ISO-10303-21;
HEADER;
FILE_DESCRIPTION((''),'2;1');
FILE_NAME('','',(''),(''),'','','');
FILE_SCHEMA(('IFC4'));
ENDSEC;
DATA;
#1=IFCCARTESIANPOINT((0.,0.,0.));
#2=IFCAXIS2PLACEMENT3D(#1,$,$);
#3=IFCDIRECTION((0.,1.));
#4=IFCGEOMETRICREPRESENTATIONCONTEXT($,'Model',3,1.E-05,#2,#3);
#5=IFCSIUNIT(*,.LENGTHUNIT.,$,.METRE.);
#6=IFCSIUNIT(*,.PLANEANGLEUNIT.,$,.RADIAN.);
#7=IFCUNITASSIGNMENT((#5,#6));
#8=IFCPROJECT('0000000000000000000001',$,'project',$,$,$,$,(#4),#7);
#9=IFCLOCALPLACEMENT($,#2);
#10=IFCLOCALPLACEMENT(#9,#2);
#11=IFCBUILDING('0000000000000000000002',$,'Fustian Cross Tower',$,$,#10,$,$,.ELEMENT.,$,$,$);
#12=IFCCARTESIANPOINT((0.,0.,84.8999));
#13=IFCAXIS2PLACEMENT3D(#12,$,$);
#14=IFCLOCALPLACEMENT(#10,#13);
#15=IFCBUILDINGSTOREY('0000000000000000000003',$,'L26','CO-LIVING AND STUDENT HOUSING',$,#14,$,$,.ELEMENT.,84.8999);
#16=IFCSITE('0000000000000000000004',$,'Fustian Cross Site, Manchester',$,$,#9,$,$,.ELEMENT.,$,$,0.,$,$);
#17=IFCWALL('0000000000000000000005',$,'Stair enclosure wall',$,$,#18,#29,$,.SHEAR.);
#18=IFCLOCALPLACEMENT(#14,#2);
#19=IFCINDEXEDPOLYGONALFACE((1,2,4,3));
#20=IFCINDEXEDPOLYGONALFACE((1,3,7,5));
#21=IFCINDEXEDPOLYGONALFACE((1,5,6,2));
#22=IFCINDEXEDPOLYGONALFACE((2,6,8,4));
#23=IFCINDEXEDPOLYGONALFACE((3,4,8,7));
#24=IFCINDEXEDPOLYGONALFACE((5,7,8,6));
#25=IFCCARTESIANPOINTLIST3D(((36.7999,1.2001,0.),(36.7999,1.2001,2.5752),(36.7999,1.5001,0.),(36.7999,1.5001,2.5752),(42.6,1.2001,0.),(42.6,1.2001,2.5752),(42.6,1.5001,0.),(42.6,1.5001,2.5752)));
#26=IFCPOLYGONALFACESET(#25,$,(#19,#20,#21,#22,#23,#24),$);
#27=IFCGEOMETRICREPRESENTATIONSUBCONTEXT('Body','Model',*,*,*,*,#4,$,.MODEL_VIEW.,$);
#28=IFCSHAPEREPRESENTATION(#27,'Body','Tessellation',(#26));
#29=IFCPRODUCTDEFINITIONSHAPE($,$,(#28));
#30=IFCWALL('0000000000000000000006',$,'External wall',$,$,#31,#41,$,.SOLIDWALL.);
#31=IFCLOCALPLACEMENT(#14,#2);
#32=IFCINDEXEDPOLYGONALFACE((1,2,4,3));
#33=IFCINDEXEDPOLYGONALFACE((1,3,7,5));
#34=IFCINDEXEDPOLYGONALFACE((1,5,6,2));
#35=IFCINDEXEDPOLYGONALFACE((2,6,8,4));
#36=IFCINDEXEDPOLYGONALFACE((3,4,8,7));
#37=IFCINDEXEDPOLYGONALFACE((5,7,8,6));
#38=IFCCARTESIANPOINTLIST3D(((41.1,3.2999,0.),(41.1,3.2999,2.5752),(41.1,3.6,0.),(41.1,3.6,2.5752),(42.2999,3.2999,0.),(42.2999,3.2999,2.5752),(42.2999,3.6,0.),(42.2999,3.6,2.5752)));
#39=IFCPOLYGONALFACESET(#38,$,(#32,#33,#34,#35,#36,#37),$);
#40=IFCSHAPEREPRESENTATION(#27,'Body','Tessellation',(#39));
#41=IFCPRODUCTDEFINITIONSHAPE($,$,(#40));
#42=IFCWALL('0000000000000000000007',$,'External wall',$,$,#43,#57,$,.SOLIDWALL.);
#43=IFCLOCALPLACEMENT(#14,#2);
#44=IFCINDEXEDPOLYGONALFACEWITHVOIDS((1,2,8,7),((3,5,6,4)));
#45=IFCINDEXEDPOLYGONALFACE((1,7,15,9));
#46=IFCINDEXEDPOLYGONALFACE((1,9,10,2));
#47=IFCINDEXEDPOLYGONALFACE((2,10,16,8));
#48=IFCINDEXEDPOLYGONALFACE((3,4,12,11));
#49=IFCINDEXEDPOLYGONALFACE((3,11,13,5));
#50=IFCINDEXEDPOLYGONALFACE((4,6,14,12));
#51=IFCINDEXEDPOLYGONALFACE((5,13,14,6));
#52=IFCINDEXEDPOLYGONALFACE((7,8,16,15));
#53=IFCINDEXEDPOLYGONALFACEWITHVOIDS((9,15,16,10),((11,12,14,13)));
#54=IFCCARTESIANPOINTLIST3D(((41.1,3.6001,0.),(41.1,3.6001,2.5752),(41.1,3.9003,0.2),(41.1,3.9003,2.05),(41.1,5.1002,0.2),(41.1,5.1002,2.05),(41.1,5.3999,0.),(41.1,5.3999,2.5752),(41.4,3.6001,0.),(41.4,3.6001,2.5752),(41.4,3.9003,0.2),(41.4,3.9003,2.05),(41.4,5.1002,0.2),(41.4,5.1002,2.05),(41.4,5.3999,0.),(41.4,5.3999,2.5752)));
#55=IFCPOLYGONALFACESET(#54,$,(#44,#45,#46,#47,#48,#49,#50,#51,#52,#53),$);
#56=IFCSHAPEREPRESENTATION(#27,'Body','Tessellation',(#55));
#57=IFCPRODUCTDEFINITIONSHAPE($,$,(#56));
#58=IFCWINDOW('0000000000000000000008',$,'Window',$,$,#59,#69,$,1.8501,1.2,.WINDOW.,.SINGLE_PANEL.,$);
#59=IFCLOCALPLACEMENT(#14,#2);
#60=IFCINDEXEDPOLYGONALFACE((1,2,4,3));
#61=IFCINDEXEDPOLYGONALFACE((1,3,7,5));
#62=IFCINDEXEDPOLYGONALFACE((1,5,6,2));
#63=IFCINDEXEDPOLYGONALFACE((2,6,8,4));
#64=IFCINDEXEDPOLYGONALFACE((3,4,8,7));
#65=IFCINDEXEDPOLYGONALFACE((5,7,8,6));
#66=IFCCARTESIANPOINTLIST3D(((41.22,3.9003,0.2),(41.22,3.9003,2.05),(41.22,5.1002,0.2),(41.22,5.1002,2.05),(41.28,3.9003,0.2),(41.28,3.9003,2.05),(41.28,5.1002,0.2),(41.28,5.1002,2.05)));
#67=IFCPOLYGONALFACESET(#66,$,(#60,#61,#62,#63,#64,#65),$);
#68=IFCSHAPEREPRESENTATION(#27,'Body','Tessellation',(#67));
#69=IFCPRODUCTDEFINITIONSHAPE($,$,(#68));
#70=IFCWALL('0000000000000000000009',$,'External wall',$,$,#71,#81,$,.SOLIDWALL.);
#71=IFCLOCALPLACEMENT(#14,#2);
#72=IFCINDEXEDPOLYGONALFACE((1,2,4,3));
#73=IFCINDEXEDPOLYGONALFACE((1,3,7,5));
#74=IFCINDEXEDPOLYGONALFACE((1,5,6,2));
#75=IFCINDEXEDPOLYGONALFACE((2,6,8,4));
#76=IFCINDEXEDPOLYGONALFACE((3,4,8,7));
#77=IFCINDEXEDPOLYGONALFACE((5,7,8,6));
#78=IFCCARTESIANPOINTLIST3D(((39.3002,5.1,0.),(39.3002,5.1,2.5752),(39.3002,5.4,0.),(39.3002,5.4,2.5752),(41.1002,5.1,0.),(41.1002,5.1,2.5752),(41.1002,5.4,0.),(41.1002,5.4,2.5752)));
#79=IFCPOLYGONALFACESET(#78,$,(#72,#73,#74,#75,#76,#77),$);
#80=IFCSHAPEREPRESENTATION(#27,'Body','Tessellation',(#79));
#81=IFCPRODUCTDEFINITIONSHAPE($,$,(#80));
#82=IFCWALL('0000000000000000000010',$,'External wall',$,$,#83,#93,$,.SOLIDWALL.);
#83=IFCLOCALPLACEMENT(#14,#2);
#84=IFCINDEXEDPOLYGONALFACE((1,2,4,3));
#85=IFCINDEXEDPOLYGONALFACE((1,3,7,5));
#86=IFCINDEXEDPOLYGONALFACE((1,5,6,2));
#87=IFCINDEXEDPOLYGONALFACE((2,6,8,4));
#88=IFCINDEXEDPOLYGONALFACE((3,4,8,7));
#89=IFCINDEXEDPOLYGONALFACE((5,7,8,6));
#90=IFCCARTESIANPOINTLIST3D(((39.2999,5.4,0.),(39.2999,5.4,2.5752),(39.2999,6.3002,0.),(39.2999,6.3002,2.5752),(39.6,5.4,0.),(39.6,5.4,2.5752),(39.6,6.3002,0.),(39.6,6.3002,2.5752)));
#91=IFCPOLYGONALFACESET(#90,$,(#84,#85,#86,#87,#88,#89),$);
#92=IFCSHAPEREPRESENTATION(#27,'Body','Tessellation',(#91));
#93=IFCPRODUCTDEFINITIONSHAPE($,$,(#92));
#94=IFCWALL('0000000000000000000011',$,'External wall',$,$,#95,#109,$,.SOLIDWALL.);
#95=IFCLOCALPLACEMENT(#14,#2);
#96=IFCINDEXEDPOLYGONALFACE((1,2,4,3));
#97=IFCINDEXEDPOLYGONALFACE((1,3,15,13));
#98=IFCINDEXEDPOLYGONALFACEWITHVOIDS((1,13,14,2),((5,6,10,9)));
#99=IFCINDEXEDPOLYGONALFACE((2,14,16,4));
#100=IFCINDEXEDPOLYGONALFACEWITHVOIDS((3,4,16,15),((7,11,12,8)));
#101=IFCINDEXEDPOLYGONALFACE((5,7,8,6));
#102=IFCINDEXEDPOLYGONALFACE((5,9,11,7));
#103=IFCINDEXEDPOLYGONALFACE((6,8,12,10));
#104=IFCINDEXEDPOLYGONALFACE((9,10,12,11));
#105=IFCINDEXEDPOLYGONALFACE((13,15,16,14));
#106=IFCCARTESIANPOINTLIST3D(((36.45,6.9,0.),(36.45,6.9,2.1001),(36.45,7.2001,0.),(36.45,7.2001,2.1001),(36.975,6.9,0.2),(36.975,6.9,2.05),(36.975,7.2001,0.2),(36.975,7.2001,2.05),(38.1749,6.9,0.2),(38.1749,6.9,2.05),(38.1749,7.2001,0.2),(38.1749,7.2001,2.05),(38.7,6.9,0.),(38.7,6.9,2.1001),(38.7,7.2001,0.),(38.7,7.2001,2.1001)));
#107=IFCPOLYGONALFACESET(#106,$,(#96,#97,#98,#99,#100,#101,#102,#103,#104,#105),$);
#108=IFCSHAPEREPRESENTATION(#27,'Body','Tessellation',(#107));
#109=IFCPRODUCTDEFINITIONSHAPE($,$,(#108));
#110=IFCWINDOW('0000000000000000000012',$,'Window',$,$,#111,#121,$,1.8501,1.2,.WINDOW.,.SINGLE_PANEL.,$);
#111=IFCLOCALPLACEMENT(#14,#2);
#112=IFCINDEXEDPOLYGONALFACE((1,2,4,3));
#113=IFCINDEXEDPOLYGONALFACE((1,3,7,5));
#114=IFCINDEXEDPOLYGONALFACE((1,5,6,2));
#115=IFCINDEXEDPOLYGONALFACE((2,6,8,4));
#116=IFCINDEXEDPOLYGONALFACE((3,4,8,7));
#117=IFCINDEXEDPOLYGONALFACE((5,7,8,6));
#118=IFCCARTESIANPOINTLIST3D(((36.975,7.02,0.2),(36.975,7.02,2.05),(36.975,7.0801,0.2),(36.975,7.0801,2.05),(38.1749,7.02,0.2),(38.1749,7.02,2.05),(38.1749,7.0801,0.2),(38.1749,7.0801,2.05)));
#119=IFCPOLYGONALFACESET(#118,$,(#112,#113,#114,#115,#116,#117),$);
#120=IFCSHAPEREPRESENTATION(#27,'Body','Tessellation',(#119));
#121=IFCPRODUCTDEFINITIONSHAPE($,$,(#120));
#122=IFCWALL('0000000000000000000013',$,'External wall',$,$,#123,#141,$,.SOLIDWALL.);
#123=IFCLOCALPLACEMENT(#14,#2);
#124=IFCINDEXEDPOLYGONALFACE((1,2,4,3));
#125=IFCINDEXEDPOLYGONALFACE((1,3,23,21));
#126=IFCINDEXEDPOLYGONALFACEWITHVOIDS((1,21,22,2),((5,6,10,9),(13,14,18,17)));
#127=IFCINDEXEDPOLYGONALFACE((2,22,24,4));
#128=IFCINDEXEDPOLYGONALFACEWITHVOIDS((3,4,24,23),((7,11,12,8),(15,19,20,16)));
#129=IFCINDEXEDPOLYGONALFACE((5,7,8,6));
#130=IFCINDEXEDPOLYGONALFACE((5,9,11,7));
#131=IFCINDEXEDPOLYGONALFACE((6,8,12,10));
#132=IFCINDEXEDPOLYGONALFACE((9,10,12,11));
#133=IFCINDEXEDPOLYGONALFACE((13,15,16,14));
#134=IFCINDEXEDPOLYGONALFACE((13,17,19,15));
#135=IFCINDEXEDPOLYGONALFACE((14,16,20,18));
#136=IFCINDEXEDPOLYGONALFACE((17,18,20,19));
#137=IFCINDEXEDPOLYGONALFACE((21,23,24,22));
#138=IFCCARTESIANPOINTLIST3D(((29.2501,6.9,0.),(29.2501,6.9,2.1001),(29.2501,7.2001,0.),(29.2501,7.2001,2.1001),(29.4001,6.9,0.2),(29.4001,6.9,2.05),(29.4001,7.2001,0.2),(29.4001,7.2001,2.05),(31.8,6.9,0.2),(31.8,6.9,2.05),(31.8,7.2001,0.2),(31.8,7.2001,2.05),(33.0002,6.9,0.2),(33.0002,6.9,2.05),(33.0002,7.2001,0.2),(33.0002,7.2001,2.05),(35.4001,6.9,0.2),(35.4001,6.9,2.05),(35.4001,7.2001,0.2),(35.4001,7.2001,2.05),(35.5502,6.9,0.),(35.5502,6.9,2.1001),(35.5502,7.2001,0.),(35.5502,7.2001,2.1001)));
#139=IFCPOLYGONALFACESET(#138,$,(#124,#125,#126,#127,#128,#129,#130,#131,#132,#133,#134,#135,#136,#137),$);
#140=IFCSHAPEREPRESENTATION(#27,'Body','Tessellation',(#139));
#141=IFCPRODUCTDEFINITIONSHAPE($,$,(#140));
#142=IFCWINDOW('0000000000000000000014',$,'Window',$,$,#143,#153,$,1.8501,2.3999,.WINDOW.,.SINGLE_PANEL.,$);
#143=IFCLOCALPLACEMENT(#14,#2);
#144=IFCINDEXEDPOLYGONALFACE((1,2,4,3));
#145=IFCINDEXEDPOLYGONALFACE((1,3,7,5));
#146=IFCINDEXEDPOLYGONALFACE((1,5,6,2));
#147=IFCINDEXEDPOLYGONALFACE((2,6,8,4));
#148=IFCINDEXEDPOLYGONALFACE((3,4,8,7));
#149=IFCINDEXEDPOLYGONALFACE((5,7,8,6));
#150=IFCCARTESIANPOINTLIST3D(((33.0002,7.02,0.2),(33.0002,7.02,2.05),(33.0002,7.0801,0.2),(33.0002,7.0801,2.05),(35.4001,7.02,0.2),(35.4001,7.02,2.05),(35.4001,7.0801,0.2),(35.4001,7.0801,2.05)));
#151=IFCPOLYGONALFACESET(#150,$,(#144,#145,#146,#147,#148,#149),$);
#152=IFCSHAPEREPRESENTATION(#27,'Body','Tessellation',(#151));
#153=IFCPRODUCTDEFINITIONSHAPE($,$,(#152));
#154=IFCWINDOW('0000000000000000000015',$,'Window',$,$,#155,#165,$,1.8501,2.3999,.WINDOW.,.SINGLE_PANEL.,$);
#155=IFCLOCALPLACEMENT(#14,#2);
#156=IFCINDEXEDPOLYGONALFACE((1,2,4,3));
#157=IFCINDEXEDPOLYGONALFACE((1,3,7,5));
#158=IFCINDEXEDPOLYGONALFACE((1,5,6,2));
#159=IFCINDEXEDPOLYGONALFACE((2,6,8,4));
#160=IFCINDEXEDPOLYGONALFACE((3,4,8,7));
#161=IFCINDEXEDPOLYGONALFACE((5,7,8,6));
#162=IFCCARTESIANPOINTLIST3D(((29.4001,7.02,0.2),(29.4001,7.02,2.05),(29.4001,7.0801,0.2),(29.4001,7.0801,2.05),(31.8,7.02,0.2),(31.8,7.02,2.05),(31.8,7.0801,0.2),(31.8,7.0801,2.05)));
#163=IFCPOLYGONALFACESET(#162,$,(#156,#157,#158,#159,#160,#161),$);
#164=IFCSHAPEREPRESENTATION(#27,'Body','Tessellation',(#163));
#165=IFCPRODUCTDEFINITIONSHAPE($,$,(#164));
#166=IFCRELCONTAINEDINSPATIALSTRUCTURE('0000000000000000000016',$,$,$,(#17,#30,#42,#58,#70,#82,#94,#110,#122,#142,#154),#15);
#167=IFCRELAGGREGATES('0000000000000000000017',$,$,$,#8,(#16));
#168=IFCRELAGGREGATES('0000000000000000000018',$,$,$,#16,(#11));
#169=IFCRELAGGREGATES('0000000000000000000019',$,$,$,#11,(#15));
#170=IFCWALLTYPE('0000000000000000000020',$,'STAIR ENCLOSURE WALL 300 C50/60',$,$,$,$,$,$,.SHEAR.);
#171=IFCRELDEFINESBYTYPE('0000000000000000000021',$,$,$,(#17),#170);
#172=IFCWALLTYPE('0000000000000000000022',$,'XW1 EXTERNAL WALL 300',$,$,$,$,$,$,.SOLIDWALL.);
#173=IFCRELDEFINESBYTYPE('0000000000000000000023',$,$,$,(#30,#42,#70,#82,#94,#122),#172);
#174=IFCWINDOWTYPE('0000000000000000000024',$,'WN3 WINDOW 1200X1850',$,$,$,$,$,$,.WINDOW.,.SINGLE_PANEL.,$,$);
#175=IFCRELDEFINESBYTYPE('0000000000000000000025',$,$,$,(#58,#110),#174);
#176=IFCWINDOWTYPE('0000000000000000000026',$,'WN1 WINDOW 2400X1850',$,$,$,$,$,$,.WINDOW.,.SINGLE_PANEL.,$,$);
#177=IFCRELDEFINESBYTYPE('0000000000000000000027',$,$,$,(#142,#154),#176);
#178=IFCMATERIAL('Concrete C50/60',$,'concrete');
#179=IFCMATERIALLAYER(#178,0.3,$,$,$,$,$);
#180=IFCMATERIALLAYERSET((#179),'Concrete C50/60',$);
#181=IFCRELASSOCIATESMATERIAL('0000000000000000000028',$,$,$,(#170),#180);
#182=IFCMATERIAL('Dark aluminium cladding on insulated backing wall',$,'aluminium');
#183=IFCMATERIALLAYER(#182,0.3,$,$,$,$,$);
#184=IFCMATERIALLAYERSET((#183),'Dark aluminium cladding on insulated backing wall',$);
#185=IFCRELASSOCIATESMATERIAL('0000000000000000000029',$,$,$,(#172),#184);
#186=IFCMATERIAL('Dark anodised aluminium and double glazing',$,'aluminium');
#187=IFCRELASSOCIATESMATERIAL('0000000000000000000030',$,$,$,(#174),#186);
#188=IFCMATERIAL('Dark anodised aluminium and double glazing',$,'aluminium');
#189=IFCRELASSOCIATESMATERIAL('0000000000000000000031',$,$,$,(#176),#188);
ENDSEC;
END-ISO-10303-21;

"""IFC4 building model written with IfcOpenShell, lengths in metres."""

from ifc_helpers import new_model, si_unit, direction, frame, frame_2d, origin, place, context, subcontext, project, spatial, rectangle, extrude, material, layer, layer_set, type_object, element, fill, save


model = new_model("IFC4")

# Units and contexts
model_context = context("Model", 3, precision=1e-05, world=origin(), true_north=direction((0.0, 1.0)))
body_context = subcontext(model_context, "Body", "Model", "MODEL_VIEW")
ifc_project = project(units=[si_unit("LENGTHUNIT", "METRE"), si_unit("PLANEANGLEUNIT", "RADIAN")], contexts=[model_context])

# Site, building, storey
site_placement = place(None, origin())
site = spatial("IfcSite", under=ifc_project, at=site_placement, Name="Fustian Cross Site, Manchester", CompositionType="ELEMENT", RefElevation=0.0)
building_placement = place(site_placement, origin())
building = spatial("IfcBuilding", under=site, at=building_placement, Name="Fustian Cross Tower", CompositionType="ELEMENT")
storey_placement = place(building_placement, frame((0.0, 0.0, 84.8999)))
storey = spatial("IfcBuildingStorey", under=building, at=storey_placement, Name="L26", Description="CO-LIVING AND STUDENT HOUSING", CompositionType="ELEMENT", Elevation=84.8999)

# Walls
ifc_material_1 = material(Name="Concrete C50/60", Category="concrete")
ifc_layer_1 = layer(ifc_material_1, 0.3)
ifc_layer_set_1 = layer_set([ifc_layer_1], Name="Concrete C50/60")
wall_type_1 = type_object("IfcWallType", Name="STAIR ENCLOSURE WALL 300 C50/60", PredefinedType="SHEAR", material=ifc_layer_set_1)
for number, where, z_axis, x_axis, name in (
    (1, (36.8, 1.3501, 0.0), (0.0, 0.0, 1.0), (1.0, 0.0, 0.0), "Stair enclosure wall"),
):
    element("IfcWall", number, at=place(storey_placement, frame(where, z_axis=z_axis, x_axis=x_axis)), inside=storey, type_object=wall_type_1, Name=name, PredefinedType="SHEAR", context=body_context, shape_type="SweptSolid", body=[
        extrude(rectangle(XDim=5.8, YDim=0.3, at=frame_2d((2.8999, 0.0))), origin(), (0.0, 0.0, 1.0), 2.5752),
    ])
ifc_material_2 = material(Name="Dark aluminium cladding on insulated backing wall", Category="aluminium")
ifc_layer_2 = layer(ifc_material_2, 0.3)
ifc_layer_set_2 = layer_set([ifc_layer_2], Name="Dark aluminium cladding on insulated backing wall")
wall_type_2 = type_object("IfcWallType", Name="XW1 EXTERNAL WALL 300", PredefinedType="SOLIDWALL", material=ifc_layer_set_2)
wall_1_placement = place(storey_placement, frame((42.3, 3.45, 0.0), z_axis=(0.0, 0.0, 1.0), x_axis=(-1.0, 0.0, 0.0)))
element("IfcWall", 2, at=wall_1_placement, inside=storey, type_object=wall_type_2, Name="External wall", PredefinedType="SOLIDWALL", context=body_context, shape_type="SweptSolid", body=[
    extrude(rectangle(XDim=1.2, YDim=0.3, at=frame_2d((0.6001, 0.0))), origin(), (0.0, 0.0, 1.0), 2.5752),
])

# Wall, opening, window
wall_2_placement = place(storey_placement, frame((41.25, 3.6001, 0.0), z_axis=(0.0, 0.0, 1.0), x_axis=(0.0, 1.0, 0.0)))
wall_2 = element("IfcWall", 3, at=wall_2_placement, inside=storey, type_object=wall_type_2, Name="External wall", PredefinedType="SOLIDWALL", context=body_context, shape_type="SweptSolid", body=[
    extrude(rectangle(XDim=1.7998, YDim=0.3, at=frame_2d((0.8999, 0.0))), origin(), (0.0, 0.0, 1.0), 2.5752),
])
opening_1_placement = place(wall_2_placement, frame((0.3, 0.0, 0.2)))
opening_1 = element("IfcOpeningElement", 4, at=opening_1_placement, cuts=wall_2, PredefinedType="OPENING", context=body_context, shape_type="SweptSolid", body=[
    extrude(rectangle(XDim=1.2, YDim=1.8501, at=frame_2d((0.6001, 0.925))), frame((0.0, 0.1599, 0.0), z_axis=(0.0, -1.0, 0.0), x_axis=(1.0, 0.0, 0.0)), (0.0, 0.0, 1.0), 0.3201),
])
ifc_material_3 = material(Name="Dark anodised aluminium and double glazing", Category="aluminium")
window_type_1 = type_object("IfcWindowType", Name="WN3 WINDOW 1200X1850", PartitioningType="SINGLE_PANEL", PredefinedType="WINDOW", material=ifc_material_3)
window_1_placement = place(opening_1_placement, origin())
window_1 = element("IfcWindow", 5, at=window_1_placement, inside=storey, type_object=window_type_1, Name="Window", OverallHeight=1.8501, OverallWidth=1.2, PartitioningType="SINGLE_PANEL", PredefinedType="WINDOW", context=body_context, shape_type="SweptSolid", body=[
    extrude(rectangle(XDim=1.2, YDim=1.8501, at=frame_2d((0.6001, 0.925))), frame((0.0, 0.03, 0.0), z_axis=(0.0, -1.0, 0.0), x_axis=(1.0, 0.0, 0.0)), (0.0, 0.0, 1.0), 0.0601),
])
fill(opening_1, window_1)

# Walls
wall_3_placement = place(storey_placement, frame((41.1001, 5.25, 0.0), z_axis=(0.0, 0.0, 1.0), x_axis=(-1.0, 0.0, 0.0)))
element("IfcWall", 6, at=wall_3_placement, inside=storey, type_object=wall_type_2, Name="External wall", PredefinedType="SOLIDWALL", context=body_context, shape_type="SweptSolid", body=[
    extrude(rectangle(XDim=1.8, YDim=0.3, at=frame_2d((0.8999, 0.0))), origin(), (0.0, 0.0, 1.0), 2.5752),
])
wall_4_placement = place(storey_placement, frame((39.45, 5.3999, 0.0), z_axis=(0.0, 0.0, 1.0), x_axis=(0.0, 1.0, 0.0)))
element("IfcWall", 7, at=wall_4_placement, inside=storey, type_object=wall_type_2, Name="External wall", PredefinedType="SOLIDWALL", context=body_context, shape_type="SweptSolid", body=[
    extrude(rectangle(XDim=0.9001, YDim=0.3, at=frame_2d((0.4502, 0.0))), origin(), (0.0, 0.0, 1.0), 2.5752),
])

# Wall, opening, window
wall_5_placement = place(storey_placement, frame((38.7, 7.05, 0.0), z_axis=(0.0, 0.0, 1.0), x_axis=(-1.0, 0.0, 0.0)))
wall_5 = element("IfcWall", 8, at=wall_5_placement, inside=storey, type_object=wall_type_2, Name="External wall", PredefinedType="SOLIDWALL", context=body_context, shape_type="SweptSolid", body=[
    extrude(rectangle(XDim=2.25, YDim=0.3, at=frame_2d((1.125, 0.0))), origin(), (0.0, 0.0, 1.0), 2.1001),
])
opening_2_placement = place(wall_5_placement, frame((0.5249, 0.0, 0.2)))
opening_2 = element("IfcOpeningElement", 9, at=opening_2_placement, cuts=wall_5, PredefinedType="OPENING", context=body_context, shape_type="SweptSolid", body=[
    extrude(rectangle(XDim=1.2, YDim=1.8501, at=frame_2d((0.6001, 0.925))), frame((0.0, 0.1599, 0.0), z_axis=(0.0, -1.0, 0.0), x_axis=(1.0, 0.0, 0.0)), (0.0, 0.0, 1.0), 0.3201),
])
window_2_placement = place(opening_2_placement, origin())
window_2 = element("IfcWindow", 10, at=window_2_placement, inside=storey, type_object=window_type_1, Name="Window", OverallHeight=1.8501, OverallWidth=1.2, PartitioningType="SINGLE_PANEL", PredefinedType="WINDOW", context=body_context, shape_type="SweptSolid", body=[
    extrude(rectangle(XDim=1.2, YDim=1.8501, at=frame_2d((0.6001, 0.925))), frame((0.0, 0.03, 0.0), z_axis=(0.0, -1.0, 0.0), x_axis=(1.0, 0.0, 0.0)), (0.0, 0.0, 1.0), 0.0601),
])
fill(opening_2, window_2)

# Wall, openings, windows
wall_6_placement = place(storey_placement, frame((35.55, 7.05, 0.0), z_axis=(0.0, 0.0, 1.0), x_axis=(-1.0, 0.0, 0.0)))
wall_6 = element("IfcWall", 11, at=wall_6_placement, inside=storey, type_object=wall_type_2, Name="External wall", PredefinedType="SOLIDWALL", context=body_context, shape_type="SweptSolid", body=[
    extrude(rectangle(XDim=6.3, YDim=0.3, at=frame_2d((3.1499, 0.0))), origin(), (0.0, 0.0, 1.0), 2.1001),
])
opening_3_placement = place(wall_6_placement, frame((0.1499, 0.0, 0.2)))
opening_3 = element("IfcOpeningElement", 12, at=opening_3_placement, cuts=wall_6, PredefinedType="OPENING", context=body_context, shape_type="SweptSolid", body=[
    extrude(rectangle(XDim=2.3999, YDim=1.8501, at=frame_2d((1.2, 0.925))), frame((0.0, 0.1599, 0.0), z_axis=(0.0, -1.0, 0.0), x_axis=(1.0, 0.0, 0.0)), (0.0, 0.0, 1.0), 0.3201),
])
opening_4_placement = place(wall_6_placement, frame((3.75, 0.0, 0.2)))
opening_4 = element("IfcOpeningElement", 13, at=opening_4_placement, cuts=wall_6, PredefinedType="OPENING", context=body_context, shape_type="SweptSolid", body=[
    extrude(rectangle(XDim=2.3999, YDim=1.8501, at=frame_2d((1.2, 0.925))), frame((0.0, 0.1599, 0.0), z_axis=(0.0, -1.0, 0.0), x_axis=(1.0, 0.0, 0.0)), (0.0, 0.0, 1.0), 0.3201),
])
ifc_material_4 = material(Name="Dark anodised aluminium and double glazing", Category="aluminium")
window_type_2 = type_object("IfcWindowType", Name="WN1 WINDOW 2400X1850", PartitioningType="SINGLE_PANEL", PredefinedType="WINDOW", material=ifc_material_4)
window_3_placement = place(opening_3_placement, origin())
window_3 = element("IfcWindow", 14, at=window_3_placement, inside=storey, type_object=window_type_2, Name="Window", OverallHeight=1.8501, OverallWidth=2.3999, PartitioningType="SINGLE_PANEL", PredefinedType="WINDOW", context=body_context, shape_type="SweptSolid", body=[
    extrude(rectangle(XDim=2.3999, YDim=1.8501, at=frame_2d((1.2, 0.925))), frame((0.0, 0.03, 0.0), z_axis=(0.0, -1.0, 0.0), x_axis=(1.0, 0.0, 0.0)), (0.0, 0.0, 1.0), 0.0601),
])
fill(opening_3, window_3)
window_4_placement = place(opening_4_placement, origin())
window_4 = element("IfcWindow", 15, at=window_4_placement, inside=storey, type_object=window_type_2, Name="Window", OverallHeight=1.8501, OverallWidth=2.3999, PartitioningType="SINGLE_PANEL", PredefinedType="WINDOW", context=body_context, shape_type="SweptSolid", body=[
    extrude(rectangle(XDim=2.3999, YDim=1.8501, at=frame_2d((1.2, 0.925))), frame((0.0, 0.03, 0.0), z_axis=(0.0, -1.0, 0.0), x_axis=(1.0, 0.0, 0.0)), (0.0, 0.0, 1.0), 0.0601),
])
fill(opening_4, window_4)

save(model, "model.ifc")
